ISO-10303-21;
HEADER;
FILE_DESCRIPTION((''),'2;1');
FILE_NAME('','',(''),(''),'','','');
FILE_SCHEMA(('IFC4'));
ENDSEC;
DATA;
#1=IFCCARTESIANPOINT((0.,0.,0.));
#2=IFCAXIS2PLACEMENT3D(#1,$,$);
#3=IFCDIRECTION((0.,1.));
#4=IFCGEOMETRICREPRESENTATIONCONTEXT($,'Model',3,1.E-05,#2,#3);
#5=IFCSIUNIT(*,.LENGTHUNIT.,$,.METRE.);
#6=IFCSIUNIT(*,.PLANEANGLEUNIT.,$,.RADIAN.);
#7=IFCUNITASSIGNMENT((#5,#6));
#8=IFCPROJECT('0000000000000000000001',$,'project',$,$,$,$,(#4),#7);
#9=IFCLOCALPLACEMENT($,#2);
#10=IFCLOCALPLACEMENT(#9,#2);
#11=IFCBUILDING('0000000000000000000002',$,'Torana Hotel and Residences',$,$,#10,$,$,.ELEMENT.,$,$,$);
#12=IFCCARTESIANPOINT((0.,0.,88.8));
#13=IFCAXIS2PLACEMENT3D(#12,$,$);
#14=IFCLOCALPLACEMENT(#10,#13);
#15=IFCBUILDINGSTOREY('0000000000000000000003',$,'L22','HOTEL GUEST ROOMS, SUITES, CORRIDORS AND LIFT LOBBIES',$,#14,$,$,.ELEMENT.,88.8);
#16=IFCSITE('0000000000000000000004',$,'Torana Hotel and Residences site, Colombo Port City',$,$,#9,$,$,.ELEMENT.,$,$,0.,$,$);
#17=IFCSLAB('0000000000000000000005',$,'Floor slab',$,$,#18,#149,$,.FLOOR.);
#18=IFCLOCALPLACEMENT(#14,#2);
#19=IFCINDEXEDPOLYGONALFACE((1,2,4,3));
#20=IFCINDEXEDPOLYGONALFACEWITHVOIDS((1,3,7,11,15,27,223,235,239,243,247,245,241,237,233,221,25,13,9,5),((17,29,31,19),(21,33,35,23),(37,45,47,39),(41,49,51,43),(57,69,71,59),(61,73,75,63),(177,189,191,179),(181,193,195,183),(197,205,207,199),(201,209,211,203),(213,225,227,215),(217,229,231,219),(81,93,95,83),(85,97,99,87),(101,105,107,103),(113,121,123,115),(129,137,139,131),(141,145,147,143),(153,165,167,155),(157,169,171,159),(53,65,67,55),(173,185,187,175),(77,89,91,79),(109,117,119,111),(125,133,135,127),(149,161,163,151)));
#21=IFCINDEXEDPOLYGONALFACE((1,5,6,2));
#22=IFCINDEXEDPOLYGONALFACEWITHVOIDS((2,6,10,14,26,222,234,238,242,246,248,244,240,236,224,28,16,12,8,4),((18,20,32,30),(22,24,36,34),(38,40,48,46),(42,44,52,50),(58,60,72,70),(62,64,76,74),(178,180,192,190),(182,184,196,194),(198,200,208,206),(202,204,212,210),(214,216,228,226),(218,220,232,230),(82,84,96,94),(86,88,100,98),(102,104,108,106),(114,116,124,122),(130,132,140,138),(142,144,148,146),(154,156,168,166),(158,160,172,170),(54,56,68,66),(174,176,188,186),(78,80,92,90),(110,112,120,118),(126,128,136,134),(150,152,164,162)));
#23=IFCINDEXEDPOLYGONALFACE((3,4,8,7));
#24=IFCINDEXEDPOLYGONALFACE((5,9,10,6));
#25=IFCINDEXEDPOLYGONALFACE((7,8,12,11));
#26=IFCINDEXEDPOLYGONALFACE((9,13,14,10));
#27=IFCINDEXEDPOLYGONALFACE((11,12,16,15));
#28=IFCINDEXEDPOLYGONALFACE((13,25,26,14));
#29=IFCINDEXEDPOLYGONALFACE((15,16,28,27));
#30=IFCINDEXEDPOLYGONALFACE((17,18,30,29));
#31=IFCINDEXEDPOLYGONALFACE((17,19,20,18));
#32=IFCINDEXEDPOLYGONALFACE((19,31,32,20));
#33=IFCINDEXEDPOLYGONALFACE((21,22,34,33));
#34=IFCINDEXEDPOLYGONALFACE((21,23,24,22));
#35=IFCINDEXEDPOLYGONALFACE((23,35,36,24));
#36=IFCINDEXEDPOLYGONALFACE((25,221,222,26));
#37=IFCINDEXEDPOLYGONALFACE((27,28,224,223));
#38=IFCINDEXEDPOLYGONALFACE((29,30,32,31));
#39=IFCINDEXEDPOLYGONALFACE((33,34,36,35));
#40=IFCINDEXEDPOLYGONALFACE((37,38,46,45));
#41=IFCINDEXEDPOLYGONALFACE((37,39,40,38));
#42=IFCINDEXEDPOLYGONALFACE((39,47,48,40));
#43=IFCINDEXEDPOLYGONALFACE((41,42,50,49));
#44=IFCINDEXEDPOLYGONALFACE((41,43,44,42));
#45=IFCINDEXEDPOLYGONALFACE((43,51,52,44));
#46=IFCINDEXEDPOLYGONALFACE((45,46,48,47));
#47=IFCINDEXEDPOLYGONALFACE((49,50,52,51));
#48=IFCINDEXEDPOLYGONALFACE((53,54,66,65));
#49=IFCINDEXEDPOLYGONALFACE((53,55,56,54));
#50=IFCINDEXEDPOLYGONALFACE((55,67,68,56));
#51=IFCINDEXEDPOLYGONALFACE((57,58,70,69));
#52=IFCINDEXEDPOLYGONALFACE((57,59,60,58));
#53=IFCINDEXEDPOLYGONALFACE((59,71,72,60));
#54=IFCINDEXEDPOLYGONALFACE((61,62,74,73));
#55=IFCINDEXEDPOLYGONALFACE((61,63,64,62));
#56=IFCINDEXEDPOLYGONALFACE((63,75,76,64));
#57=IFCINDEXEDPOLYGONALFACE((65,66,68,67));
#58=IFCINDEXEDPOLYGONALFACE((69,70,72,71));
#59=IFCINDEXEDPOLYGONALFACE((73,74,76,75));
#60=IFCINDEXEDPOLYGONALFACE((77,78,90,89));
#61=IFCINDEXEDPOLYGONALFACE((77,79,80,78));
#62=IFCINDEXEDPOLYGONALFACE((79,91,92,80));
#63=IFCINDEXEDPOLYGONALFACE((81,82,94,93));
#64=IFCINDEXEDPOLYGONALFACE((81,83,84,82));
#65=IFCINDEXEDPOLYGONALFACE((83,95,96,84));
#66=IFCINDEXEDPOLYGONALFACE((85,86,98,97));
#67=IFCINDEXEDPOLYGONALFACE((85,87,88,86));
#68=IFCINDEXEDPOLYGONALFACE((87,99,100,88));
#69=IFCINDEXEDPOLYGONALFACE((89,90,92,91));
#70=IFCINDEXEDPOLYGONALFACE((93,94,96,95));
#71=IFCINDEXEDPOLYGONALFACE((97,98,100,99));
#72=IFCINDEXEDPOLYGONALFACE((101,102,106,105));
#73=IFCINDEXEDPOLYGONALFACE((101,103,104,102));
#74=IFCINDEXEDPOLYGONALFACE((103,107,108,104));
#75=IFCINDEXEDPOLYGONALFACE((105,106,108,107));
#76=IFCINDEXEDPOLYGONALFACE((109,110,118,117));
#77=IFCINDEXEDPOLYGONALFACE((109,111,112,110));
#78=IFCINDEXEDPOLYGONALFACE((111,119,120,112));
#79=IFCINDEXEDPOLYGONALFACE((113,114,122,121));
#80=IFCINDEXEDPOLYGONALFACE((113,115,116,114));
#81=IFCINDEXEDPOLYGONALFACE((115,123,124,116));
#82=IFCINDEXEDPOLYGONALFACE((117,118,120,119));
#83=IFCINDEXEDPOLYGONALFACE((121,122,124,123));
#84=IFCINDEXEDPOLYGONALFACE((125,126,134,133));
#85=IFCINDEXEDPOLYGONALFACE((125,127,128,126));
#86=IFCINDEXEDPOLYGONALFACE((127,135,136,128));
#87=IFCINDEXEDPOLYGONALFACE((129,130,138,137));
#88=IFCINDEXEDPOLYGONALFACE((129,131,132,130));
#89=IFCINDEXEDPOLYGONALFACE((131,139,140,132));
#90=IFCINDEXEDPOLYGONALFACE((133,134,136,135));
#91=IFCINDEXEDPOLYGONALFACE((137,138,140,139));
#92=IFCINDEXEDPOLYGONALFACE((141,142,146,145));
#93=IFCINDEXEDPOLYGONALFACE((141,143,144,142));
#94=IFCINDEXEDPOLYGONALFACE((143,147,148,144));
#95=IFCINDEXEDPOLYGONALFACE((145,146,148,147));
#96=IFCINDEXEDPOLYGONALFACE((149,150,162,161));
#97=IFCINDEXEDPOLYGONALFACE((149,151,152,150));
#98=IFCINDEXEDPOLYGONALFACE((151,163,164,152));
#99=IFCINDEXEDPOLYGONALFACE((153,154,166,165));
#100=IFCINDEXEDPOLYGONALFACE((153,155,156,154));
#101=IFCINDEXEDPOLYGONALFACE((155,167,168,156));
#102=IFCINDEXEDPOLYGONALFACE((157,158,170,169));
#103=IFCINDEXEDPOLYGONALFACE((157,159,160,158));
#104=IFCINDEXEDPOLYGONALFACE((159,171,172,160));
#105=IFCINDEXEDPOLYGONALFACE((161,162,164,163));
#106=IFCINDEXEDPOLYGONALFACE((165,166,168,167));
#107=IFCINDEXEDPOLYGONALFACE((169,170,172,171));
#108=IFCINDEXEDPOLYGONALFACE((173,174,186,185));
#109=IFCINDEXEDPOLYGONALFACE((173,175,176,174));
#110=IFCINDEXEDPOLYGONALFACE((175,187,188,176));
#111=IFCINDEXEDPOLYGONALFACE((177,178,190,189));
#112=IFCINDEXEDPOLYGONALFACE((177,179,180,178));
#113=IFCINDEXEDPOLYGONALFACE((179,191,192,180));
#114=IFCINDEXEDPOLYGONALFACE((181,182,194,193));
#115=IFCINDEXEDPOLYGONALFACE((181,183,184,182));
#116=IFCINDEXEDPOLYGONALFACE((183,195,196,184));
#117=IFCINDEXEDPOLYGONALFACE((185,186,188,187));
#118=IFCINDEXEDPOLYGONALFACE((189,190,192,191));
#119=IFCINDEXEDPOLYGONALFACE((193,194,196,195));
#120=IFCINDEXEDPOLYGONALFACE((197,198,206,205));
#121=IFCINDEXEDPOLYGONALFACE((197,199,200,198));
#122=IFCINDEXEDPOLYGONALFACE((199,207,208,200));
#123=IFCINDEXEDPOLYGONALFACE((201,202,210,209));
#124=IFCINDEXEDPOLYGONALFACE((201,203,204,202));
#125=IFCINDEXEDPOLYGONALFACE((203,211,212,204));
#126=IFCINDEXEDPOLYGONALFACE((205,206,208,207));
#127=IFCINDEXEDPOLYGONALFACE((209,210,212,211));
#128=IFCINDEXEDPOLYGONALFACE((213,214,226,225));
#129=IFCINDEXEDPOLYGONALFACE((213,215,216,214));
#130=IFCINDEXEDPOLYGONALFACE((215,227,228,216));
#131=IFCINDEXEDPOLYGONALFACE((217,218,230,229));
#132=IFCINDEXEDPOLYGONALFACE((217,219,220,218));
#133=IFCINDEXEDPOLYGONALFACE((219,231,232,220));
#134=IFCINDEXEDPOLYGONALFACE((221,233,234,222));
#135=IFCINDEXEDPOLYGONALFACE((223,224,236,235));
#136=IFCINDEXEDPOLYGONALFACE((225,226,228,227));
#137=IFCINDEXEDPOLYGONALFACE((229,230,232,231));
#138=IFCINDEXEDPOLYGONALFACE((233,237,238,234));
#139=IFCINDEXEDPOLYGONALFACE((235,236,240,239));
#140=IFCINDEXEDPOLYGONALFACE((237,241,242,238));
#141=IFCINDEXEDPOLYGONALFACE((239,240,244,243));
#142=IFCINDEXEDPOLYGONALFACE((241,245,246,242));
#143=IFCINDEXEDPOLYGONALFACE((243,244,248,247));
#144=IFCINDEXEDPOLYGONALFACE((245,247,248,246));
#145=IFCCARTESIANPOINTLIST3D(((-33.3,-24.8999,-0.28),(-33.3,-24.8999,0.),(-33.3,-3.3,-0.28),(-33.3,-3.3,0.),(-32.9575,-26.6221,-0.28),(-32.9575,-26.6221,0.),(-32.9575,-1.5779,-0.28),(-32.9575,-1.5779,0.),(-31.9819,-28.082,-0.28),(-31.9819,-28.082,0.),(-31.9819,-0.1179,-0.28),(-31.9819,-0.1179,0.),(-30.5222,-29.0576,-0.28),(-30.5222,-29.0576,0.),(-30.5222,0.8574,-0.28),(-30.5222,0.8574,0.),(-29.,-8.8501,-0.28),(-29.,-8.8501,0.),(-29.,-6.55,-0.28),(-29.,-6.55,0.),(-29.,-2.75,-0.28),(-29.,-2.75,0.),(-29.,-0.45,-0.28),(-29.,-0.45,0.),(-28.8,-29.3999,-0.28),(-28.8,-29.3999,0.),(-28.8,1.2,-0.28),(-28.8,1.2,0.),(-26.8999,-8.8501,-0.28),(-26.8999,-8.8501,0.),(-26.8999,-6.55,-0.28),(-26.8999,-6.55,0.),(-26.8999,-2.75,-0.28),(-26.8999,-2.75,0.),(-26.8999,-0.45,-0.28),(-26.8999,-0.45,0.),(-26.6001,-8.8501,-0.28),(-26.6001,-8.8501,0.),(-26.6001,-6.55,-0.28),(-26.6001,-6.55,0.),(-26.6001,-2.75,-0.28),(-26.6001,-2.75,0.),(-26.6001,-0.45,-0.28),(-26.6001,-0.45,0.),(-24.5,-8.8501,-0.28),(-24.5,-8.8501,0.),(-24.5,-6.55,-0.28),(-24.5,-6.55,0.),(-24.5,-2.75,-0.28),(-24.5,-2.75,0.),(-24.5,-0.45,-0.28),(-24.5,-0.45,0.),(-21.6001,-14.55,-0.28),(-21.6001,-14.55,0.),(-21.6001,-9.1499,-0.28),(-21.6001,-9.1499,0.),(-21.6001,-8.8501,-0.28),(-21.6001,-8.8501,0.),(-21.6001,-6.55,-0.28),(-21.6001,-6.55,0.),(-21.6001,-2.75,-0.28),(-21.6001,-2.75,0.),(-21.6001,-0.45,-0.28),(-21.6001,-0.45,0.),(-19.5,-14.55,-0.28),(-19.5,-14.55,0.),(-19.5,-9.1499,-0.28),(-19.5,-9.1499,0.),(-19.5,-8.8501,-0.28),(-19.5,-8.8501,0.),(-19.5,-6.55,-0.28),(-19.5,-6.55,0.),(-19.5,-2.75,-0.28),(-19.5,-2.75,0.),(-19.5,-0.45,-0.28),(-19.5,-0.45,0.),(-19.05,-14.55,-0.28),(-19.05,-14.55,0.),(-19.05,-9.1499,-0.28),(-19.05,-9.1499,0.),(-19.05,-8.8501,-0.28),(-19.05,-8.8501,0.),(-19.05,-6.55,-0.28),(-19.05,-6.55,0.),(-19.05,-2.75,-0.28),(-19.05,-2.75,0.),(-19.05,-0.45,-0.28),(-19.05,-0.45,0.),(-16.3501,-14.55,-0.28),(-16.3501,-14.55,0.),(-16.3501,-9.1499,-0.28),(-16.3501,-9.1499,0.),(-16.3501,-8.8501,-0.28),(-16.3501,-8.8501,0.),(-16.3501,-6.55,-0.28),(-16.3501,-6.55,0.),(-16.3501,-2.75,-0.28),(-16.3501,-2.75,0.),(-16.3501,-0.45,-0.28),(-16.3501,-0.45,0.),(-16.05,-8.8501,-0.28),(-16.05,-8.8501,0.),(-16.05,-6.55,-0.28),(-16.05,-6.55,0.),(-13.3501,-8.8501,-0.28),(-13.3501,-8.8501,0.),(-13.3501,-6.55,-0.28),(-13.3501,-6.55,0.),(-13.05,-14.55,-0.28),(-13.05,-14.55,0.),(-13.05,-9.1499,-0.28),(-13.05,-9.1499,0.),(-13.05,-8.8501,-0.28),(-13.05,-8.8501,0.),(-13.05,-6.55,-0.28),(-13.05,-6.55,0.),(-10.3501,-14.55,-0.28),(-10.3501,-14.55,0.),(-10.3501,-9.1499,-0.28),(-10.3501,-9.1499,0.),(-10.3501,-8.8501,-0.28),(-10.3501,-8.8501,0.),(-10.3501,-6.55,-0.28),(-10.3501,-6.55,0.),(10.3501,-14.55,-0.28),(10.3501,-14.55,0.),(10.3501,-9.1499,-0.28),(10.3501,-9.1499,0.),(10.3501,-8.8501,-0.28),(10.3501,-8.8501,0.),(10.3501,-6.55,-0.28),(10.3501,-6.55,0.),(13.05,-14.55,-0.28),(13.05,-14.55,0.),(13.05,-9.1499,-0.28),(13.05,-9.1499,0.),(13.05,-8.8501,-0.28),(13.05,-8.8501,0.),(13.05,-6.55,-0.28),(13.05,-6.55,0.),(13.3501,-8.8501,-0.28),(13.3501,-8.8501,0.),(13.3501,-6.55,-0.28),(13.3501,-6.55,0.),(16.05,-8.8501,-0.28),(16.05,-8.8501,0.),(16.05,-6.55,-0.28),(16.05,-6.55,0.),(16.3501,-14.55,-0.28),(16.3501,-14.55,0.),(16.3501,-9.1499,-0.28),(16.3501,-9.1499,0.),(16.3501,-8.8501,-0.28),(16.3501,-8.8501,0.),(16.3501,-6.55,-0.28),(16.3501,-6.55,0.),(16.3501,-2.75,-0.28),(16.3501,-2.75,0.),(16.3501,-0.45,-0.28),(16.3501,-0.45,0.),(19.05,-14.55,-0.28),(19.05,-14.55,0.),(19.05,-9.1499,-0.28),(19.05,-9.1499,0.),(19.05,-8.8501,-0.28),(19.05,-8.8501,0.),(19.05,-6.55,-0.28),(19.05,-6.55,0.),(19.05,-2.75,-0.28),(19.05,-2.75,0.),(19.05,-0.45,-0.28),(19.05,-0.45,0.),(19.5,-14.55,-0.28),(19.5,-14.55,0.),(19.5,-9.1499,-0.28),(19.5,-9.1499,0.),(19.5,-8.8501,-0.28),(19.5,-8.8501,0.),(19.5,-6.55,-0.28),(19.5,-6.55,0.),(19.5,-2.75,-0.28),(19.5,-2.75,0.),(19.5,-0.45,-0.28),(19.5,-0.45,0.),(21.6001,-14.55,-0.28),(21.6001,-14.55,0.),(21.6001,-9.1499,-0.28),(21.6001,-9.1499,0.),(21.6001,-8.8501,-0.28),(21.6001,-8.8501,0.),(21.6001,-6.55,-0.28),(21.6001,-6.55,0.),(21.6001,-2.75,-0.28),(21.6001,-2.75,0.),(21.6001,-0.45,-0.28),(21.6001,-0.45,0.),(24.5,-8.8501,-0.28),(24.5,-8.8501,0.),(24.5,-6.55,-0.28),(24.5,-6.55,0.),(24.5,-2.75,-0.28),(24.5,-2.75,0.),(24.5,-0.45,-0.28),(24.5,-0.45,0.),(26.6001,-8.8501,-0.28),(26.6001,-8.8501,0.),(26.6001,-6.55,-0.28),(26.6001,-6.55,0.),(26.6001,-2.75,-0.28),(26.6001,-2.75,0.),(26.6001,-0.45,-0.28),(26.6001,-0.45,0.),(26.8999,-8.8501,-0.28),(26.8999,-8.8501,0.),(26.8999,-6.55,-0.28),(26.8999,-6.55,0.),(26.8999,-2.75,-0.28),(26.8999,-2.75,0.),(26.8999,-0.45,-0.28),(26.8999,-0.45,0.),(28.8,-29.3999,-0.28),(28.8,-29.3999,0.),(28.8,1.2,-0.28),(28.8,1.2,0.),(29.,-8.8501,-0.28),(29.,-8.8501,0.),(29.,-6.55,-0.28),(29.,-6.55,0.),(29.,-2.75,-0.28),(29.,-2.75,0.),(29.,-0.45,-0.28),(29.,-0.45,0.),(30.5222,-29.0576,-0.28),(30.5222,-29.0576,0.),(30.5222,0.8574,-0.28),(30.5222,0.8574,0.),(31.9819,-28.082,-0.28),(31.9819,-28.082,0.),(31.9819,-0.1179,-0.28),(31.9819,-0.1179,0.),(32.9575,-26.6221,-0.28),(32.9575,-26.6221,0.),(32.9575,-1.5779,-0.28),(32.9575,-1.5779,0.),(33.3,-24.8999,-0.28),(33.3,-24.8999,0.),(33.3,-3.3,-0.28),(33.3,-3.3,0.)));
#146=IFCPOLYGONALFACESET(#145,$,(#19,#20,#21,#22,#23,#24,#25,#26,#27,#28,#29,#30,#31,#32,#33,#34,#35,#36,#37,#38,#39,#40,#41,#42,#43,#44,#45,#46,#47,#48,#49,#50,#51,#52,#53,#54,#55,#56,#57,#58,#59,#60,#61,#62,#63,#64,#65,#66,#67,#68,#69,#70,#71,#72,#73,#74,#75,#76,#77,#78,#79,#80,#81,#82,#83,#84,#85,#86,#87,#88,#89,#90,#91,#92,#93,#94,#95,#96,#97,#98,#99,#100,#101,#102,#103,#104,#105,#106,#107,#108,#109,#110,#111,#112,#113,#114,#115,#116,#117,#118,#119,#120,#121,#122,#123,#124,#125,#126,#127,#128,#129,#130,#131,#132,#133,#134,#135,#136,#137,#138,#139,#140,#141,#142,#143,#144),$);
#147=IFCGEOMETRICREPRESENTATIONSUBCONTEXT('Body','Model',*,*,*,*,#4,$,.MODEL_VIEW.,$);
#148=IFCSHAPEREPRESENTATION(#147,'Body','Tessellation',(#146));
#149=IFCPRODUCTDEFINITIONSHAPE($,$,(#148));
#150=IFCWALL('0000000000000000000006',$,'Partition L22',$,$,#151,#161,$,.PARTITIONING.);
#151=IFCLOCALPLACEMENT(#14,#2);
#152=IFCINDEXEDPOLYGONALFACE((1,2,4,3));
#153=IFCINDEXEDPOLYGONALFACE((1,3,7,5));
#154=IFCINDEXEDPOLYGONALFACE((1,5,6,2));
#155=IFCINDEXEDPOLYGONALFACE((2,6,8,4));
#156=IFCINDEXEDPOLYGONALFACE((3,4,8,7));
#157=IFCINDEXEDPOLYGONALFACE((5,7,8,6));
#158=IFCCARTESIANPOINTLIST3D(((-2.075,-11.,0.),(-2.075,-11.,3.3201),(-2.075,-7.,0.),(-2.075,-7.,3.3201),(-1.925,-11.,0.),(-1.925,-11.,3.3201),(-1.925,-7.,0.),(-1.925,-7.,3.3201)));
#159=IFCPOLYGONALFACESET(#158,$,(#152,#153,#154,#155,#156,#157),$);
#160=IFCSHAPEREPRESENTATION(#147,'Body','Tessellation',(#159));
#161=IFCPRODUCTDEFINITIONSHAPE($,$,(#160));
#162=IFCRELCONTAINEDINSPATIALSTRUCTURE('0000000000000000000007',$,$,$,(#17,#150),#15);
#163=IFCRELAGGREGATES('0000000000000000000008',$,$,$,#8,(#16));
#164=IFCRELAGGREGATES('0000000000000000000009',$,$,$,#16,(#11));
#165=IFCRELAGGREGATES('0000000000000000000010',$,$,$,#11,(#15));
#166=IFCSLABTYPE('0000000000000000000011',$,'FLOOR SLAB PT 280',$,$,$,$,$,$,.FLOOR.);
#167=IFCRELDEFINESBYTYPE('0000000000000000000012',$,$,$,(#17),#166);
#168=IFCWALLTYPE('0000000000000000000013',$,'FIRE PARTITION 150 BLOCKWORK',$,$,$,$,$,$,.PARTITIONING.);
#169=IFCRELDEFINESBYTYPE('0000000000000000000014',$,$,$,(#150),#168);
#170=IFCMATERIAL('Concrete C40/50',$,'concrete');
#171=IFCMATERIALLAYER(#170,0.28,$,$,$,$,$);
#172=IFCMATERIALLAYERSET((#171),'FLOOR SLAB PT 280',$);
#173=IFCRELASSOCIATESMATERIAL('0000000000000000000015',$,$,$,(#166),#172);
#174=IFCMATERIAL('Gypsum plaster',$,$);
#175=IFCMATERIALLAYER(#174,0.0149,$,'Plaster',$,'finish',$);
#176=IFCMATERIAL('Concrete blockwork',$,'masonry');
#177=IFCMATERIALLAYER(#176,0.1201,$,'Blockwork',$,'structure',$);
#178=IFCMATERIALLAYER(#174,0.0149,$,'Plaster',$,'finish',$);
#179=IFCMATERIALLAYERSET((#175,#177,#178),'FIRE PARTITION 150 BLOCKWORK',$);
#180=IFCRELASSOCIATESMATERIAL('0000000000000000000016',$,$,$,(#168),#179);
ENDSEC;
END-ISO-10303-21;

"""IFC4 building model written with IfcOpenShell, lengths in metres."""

from ifc_helpers import new_model, si_unit, direction, frame, frame_2d, origin, place, context, subcontext, project, spatial, polyline, rectangle, outline, extrude, material, layer, layer_set, type_object, element, save


model = new_model("IFC4")

# Units and contexts
model_context = context("Model", 3, precision=1e-05, world=origin(), true_north=direction((0.0, 1.0)))
body_context = subcontext(model_context, "Body", "Model", "MODEL_VIEW")
ifc_project = project(units=[si_unit("LENGTHUNIT", "METRE"), si_unit("PLANEANGLEUNIT", "RADIAN")], contexts=[model_context])

# Site, building, storey
site_placement = place(None, origin())
site = spatial("IfcSite", under=ifc_project, at=site_placement, Name="Torana Hotel and Residences site, Colombo Port City", CompositionType="ELEMENT", RefElevation=0.0)
building_placement = place(site_placement, origin())
building = spatial("IfcBuilding", under=site, at=building_placement, Name="Torana Hotel and Residences", CompositionType="ELEMENT")
storey_placement = place(building_placement, frame((0.0, 0.0, 88.8)))
storey = spatial("IfcBuildingStorey", under=building, at=storey_placement, Name="L22", Description="HOTEL GUEST ROOMS, SUITES, CORRIDORS AND LIFT LOBBIES", CompositionType="ELEMENT", Elevation=88.8)

# Slab
ifc_material_1 = material(Name="Concrete C40/50", Category="concrete")
ifc_layer_1 = layer(ifc_material_1, 0.28)
ifc_layer_set_1 = layer_set([ifc_layer_1], Name="FLOOR SLAB PT 280")
slab_type_1 = type_object("IfcSlabType", Name="FLOOR SLAB PT 280", PredefinedType="FLOOR", material=ifc_layer_set_1)
slab_1_placement = place(storey_placement, frame((0.0, 0.0, -0.28)))
element("IfcSlab", 1, at=slab_1_placement, inside=storey, type_object=slab_type_1, Name="Floor slab", PredefinedType="FLOOR", context=body_context, shape_type="SweptSolid", body=[
    extrude(outline(polyline([(33.3, -3.3), (32.9575, -1.5779), (31.9819, -0.1179), (30.5222, 0.8574), (28.8, 1.2), (-28.8, 1.2), (-30.5222, 0.8574), (-31.9819, -0.1179), (-32.9575, -1.5779), (-33.3, -3.3), (-33.3, -24.8999), (-32.9575, -26.6221), (-31.9819, -28.082), (-30.5222, -29.0576), (-28.8, -29.3999), (28.8, -29.3999), (30.5222, -29.0576), (31.9819, -28.082), (32.9575, -26.6221), (33.3, -24.8999), (33.3, -3.3)]), holes=[polyline([(-13.05, -14.55), (-10.3501, -14.55), (-10.3501, -9.1499), (-13.05, -9.1499), (-13.05, -14.55)]), polyline([(-19.05, -14.55), (-16.3501, -14.55), (-16.3501, -9.1499), (-19.05, -9.1499), (-19.05, -14.55)]), polyline([(-19.05, -2.75), (-16.3501, -2.75), (-16.3501, -0.45), (-19.05, -0.45), (-19.05, -2.75)]), polyline([(-26.6001, -2.75), (-24.5, -2.75), (-24.5, -0.45), (-26.6001, -0.45), (-26.6001, -2.75)]), polyline([(-29.0, -2.75), (-26.8999, -2.75), (-26.8999, -0.45), (-29.0, -0.45), (-29.0, -2.75)]), polyline([(-26.6001, -8.8501), (-24.5, -8.8501), (-24.5, -6.55), (-26.6001, -6.55), (-26.6001, -8.8501)]), polyline([(-29.0, -8.8501), (-26.8999, -8.8501), (-26.8999, -6.55), (-29.0, -6.55), (-29.0, -8.8501)]), polyline([(-21.6001, -2.75), (-19.5, -2.75), (-19.5, -0.45), (-21.6001, -0.45), (-21.6001, -2.75)]), polyline([(-21.6001, -8.8501), (-19.5, -8.8501), (-19.5, -6.55), (-21.6001, -6.55), (-21.6001, -8.8501)]), polyline([(-13.05, -8.8501), (-10.3501, -8.8501), (-10.3501, -6.55), (-13.05, -6.55), (-13.05, -8.8501)]), polyline([(-16.05, -8.8501), (-13.3501, -8.8501), (-13.3501, -6.55), (-16.05, -6.55), (-16.05, -8.8501)]), polyline([(-19.05, -8.8501), (-16.3501, -8.8501), (-16.3501, -6.55), (-19.05, -6.55), (-19.05, -8.8501)]), polyline([(-21.6001, -14.55), (-19.5, -14.55), (-19.5, -9.1499), (-21.6001, -9.1499), (-21.6001, -14.55)]), polyline([(10.3501, -14.55), (13.05, -14.55), (13.05, -9.1499), (10.3501, -9.1499), (10.3501, -14.55)]), polyline([(16.3501, -14.55), (19.05, -14.55), (19.05, -9.1499), (16.3501, -9.1499), (16.3501, -14.55)]), polyline([(16.3501, -2.75), (19.05, -2.75), (19.05, -0.45), (16.3501, -0.45), (16.3501, -2.75)]), polyline([(24.5, -2.75), (26.6001, -2.75), (26.6001, -0.45), (24.5, -0.45), (24.5, -2.75)]), polyline([(26.8999, -2.75), (29.0, -2.75), (29.0, -0.45), (26.8999, -0.45), (26.8999, -2.75)]), polyline([(24.5, -8.8501), (26.6001, -8.8501), (26.6001, -6.55), (24.5, -6.55), (24.5, -8.8501)]), polyline([(26.8999, -8.8501), (29.0, -8.8501), (29.0, -6.55), (26.8999, -6.55), (26.8999, -8.8501)]), polyline([(19.5, -2.75), (21.6001, -2.75), (21.6001, -0.45), (19.5, -0.45), (19.5, -2.75)]), polyline([(19.5, -8.8501), (21.6001, -8.8501), (21.6001, -6.55), (19.5, -6.55), (19.5, -8.8501)]), polyline([(10.3501, -8.8501), (13.05, -8.8501), (13.05, -6.55), (10.3501, -6.55), (10.3501, -8.8501)]), polyline([(13.3501, -8.8501), (16.05, -8.8501), (16.05, -6.55), (13.3501, -6.55), (13.3501, -8.8501)]), polyline([(16.3501, -8.8501), (19.05, -8.8501), (19.05, -6.55), (16.3501, -6.55), (16.3501, -8.8501)]), polyline([(19.5, -14.55), (21.6001, -14.55), (21.6001, -9.1499), (19.5, -9.1499), (19.5, -14.55)])]), origin(), (0.0, 0.0, 1.0), 0.28),
])

# Wall
ifc_material_2 = material(Name="Gypsum plaster")
ifc_layer_2 = layer(ifc_material_2, 0.0149, Name="Plaster", Category="finish")
ifc_material_3 = material(Name="Concrete blockwork", Category="masonry")
ifc_layer_3 = layer(ifc_material_3, 0.1201, Name="Blockwork", Category="structure")
ifc_layer_4 = layer(ifc_material_2, 0.0149, Name="Plaster", Category="finish")
ifc_layer_set_2 = layer_set([ifc_layer_2, ifc_layer_3, ifc_layer_4], Name="FIRE PARTITION 150 BLOCKWORK")
wall_type_1 = type_object("IfcWallType", Name="FIRE PARTITION 150 BLOCKWORK", PredefinedType="PARTITIONING", material=ifc_layer_set_2)
wall_1_placement = place(storey_placement, frame((-2.0, -11.0, 0.0), z_axis=(0.0, 0.0, 1.0), x_axis=(0.0, 1.0, 0.0)))
element("IfcWall", 2, at=wall_1_placement, inside=storey, type_object=wall_type_1, Name="Partition L22", PredefinedType="PARTITIONING", context=body_context, shape_type="SweptSolid", body=[
    extrude(rectangle(XDim=4.0, YDim=0.1499, at=frame_2d((2.0, 0.0))), origin(), (0.0, 0.0, 1.0), 3.3201),
])

save(model, "model.ifc")
